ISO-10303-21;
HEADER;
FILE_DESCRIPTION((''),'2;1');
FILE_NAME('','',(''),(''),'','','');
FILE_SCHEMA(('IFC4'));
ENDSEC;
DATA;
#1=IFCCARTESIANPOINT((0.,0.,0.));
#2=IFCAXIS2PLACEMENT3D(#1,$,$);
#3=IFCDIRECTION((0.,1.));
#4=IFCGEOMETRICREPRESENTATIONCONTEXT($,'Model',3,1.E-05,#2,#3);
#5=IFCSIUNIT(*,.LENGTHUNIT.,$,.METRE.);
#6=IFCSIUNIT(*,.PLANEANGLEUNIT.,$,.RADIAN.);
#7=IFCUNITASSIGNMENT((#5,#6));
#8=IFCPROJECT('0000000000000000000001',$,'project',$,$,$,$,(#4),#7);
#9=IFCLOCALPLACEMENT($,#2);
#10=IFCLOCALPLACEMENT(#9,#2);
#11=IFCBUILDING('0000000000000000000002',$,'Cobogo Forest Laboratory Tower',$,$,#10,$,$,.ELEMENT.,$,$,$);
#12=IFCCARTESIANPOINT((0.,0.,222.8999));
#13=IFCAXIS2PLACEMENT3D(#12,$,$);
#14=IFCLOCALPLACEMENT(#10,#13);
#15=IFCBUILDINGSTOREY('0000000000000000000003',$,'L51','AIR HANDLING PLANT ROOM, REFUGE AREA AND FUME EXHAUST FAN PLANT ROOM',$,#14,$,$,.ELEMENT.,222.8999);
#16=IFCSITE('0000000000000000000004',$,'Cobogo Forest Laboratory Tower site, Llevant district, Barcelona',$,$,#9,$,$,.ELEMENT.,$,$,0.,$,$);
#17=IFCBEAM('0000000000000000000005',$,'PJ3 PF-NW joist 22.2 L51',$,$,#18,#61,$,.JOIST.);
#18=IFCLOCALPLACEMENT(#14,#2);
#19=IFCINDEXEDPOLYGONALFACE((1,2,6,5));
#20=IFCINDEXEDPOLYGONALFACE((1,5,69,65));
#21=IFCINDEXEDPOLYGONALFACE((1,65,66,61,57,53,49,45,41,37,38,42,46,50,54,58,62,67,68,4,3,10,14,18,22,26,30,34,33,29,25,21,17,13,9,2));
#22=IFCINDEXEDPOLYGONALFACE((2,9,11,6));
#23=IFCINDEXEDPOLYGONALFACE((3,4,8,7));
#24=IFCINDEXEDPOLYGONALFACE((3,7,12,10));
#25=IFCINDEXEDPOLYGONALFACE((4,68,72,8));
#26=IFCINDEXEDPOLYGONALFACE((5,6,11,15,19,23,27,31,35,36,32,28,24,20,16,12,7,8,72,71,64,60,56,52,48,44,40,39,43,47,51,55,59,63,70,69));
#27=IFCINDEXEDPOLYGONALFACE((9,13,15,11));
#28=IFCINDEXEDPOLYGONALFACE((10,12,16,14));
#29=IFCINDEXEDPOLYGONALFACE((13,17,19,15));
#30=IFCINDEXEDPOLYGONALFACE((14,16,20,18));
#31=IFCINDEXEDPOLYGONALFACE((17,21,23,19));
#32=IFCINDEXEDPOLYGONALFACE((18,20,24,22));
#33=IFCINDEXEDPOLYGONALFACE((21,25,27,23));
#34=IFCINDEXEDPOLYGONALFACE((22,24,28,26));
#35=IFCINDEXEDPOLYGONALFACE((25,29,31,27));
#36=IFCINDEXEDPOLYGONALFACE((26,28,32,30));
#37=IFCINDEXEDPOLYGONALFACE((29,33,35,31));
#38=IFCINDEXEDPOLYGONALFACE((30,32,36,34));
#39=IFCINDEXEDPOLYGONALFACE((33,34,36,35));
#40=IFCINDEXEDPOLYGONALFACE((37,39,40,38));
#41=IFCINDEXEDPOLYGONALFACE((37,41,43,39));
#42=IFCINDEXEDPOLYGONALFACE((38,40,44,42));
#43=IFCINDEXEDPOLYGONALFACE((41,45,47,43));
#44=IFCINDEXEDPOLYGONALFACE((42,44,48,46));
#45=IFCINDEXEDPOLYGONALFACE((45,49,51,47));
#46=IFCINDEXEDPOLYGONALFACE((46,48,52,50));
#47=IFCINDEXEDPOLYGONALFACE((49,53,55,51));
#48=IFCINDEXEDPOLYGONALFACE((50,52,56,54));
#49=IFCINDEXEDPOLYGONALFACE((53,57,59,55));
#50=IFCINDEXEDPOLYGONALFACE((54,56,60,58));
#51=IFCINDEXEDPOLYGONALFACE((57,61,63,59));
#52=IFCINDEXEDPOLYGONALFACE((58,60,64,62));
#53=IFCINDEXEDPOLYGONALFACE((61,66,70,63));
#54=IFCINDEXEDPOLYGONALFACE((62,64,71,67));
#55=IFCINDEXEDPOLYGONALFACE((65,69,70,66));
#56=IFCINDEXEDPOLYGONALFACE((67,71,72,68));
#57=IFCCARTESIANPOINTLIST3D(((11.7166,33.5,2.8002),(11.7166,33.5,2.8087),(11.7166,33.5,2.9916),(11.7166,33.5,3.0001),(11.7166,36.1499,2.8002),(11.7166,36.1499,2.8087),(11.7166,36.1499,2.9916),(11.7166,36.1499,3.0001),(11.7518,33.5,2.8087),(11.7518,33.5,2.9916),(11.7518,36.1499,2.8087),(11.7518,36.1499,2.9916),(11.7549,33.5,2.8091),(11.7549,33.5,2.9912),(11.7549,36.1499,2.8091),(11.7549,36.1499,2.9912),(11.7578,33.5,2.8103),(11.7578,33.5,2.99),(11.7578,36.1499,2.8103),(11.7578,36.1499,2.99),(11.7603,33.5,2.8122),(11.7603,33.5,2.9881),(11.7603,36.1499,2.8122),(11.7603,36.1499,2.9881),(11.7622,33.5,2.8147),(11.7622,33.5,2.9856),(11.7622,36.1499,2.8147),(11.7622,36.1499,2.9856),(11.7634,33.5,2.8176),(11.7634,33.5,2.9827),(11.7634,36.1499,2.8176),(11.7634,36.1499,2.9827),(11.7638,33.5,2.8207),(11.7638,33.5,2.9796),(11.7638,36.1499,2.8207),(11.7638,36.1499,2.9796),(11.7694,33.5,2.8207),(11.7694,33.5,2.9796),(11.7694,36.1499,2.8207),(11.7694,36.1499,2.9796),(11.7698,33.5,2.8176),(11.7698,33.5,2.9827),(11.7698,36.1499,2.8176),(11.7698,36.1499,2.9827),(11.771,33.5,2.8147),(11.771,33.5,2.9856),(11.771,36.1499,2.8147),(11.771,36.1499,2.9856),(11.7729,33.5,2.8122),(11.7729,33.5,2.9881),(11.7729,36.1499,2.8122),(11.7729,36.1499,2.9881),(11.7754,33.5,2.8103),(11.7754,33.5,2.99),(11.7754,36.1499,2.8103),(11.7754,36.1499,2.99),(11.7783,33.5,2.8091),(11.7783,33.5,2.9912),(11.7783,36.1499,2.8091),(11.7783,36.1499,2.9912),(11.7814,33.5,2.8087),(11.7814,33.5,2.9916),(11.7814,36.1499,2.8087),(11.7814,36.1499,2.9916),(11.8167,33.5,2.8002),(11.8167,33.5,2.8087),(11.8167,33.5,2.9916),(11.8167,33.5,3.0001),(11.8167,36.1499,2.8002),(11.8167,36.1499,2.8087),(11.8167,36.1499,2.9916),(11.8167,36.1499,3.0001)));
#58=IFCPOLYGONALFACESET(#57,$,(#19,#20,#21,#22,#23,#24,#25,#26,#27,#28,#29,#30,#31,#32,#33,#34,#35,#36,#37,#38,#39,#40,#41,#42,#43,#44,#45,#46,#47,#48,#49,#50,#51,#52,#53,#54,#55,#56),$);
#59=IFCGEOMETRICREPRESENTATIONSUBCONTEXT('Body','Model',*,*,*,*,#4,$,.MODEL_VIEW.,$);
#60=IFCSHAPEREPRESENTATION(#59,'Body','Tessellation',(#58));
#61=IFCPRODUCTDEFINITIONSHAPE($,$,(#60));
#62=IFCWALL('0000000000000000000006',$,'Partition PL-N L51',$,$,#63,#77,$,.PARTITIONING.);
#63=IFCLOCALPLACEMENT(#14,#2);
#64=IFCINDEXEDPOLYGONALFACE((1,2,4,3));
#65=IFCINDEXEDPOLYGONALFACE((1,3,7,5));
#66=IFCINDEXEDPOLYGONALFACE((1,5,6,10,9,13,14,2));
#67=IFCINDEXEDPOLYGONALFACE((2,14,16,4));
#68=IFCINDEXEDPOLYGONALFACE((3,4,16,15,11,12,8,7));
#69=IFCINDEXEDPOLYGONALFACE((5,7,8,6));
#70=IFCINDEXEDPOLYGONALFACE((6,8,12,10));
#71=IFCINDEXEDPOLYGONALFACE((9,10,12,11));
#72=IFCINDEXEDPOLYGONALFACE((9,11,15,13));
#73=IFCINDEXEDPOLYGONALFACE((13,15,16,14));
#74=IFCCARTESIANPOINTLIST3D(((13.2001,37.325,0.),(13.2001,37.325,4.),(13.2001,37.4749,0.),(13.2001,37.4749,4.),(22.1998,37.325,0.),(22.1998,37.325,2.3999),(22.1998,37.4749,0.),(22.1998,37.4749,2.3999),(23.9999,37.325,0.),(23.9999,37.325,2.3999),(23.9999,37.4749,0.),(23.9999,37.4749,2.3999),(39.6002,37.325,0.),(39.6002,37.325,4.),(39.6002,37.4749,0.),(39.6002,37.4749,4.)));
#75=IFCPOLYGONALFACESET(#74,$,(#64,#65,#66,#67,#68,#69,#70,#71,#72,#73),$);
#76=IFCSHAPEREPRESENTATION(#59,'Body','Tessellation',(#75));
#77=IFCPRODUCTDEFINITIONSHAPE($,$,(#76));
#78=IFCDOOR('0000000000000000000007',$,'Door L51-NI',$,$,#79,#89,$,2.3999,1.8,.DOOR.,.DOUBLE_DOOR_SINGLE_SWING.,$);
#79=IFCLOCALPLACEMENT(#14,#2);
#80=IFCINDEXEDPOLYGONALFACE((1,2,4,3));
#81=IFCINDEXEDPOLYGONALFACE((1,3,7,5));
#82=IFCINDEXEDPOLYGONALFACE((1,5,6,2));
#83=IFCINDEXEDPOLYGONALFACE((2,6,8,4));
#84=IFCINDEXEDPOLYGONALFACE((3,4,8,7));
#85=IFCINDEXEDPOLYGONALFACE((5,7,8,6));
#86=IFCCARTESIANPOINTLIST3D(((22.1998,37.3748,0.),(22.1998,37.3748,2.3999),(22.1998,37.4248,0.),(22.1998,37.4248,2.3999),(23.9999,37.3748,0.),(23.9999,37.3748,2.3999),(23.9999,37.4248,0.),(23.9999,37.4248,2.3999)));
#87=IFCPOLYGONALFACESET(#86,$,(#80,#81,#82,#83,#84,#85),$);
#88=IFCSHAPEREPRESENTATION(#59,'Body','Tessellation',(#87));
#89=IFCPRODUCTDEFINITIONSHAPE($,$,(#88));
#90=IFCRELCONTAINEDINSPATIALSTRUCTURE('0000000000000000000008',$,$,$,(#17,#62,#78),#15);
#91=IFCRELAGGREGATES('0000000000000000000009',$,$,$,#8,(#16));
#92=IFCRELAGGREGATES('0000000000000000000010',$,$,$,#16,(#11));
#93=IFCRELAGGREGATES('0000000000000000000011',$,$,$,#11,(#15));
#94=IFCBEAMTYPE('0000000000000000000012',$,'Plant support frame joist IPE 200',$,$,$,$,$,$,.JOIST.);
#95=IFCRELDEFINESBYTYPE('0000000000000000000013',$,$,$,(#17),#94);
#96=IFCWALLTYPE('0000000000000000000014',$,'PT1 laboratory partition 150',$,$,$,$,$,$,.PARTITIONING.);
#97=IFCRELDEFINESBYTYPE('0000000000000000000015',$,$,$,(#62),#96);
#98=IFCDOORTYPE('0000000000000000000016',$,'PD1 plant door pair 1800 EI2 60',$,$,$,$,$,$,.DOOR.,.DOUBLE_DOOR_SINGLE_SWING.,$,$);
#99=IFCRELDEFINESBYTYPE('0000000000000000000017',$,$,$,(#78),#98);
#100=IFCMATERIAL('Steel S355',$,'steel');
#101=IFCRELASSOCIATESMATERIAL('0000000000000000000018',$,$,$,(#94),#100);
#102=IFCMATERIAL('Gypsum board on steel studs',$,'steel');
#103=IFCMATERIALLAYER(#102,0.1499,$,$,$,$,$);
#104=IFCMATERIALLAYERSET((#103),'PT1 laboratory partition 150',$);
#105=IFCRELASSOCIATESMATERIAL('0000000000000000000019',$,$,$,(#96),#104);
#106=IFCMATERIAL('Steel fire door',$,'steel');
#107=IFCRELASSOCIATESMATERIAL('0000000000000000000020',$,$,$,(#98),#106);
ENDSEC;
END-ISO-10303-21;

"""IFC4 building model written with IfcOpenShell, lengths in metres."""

from ifc_helpers import new_model, si_unit, direction, frame, frame_2d, origin, origin_2d, place, context, subcontext, project, spatial, rectangle, i_section, extrude, material, layer, layer_set, material_profile, profile_set, type_object, element, fill, save


model = new_model("IFC4")

# Units and contexts
model_context = context("Model", 3, precision=1e-05, world=origin(), true_north=direction((0.0, 1.0)))
body_context = subcontext(model_context, "Body", "Model", "MODEL_VIEW")
ifc_project = project(units=[si_unit("LENGTHUNIT", "METRE"), si_unit("PLANEANGLEUNIT", "RADIAN")], contexts=[model_context])

# Site, building, storey
site_placement = place(None, origin())
site = spatial("IfcSite", under=ifc_project, at=site_placement, Name="Cobogo Forest Laboratory Tower site, Llevant district, Barcelona", CompositionType="ELEMENT", RefElevation=0.0)
building_placement = place(site_placement, origin())
building = spatial("IfcBuilding", under=site, at=building_placement, Name="Cobogo Forest Laboratory Tower", CompositionType="ELEMENT")
storey_placement = place(building_placement, frame((0.0, 0.0, 222.8999)))
storey = spatial("IfcBuildingStorey", under=building, at=storey_placement, Name="L51", Description="AIR HANDLING PLANT ROOM, REFUGE AREA AND FUME EXHAUST FAN PLANT ROOM", CompositionType="ELEMENT", Elevation=222.8999)

# Beam
ifc_material_1 = material(Name="Steel S355", Category="steel")
ifc_material_profile_1 = material_profile(ifc_material_1, i_section(OverallWidth=0.1001, OverallDepth=0.2, WebThickness=0.0056, FlangeThickness=0.0085, FilletRadius=0.012, at=origin_2d()), Name="IPE 200")
ifc_profile_set_1 = profile_set([ifc_material_profile_1], Name="Steel S355")
beam_type_1 = type_object("IfcBeamType", Name="Plant support frame joist IPE 200", PredefinedType="JOIST", material=ifc_profile_set_1)
for number, where, z_axis, x_axis, name in (
    (1, (11.7666, 36.1499, 2.9001), (0.0, -1.0, 0.0), (1.0, 0.0, 0.0), "PJ3 PF-NW joist 22.2 L51"),
):
    element("IfcBeam", number, at=place(storey_placement, frame(where, z_axis=z_axis, x_axis=x_axis)), inside=storey, type_object=beam_type_1, Name=name, PredefinedType="JOIST", context=body_context, shape_type="SweptSolid", body=[
        extrude(i_section(OverallWidth=0.1001, OverallDepth=0.2, WebThickness=0.0056, FlangeThickness=0.0085, FilletRadius=0.012, at=origin_2d()), origin(), (0.0, 0.0, 1.0), 2.6499),
    ])

# Wall, opening, door
ifc_material_2 = material(Name="Gypsum board on steel studs", Category="steel")
ifc_layer = layer(ifc_material_2, 0.1499)
ifc_layer_set = layer_set([ifc_layer], Name="PT1 laboratory partition 150")
wall_type = type_object("IfcWallType", Name="PT1 laboratory partition 150", PredefinedType="PARTITIONING", material=ifc_layer_set)
wall_placement = place(storey_placement, frame((13.2, 37.3999, 0.0), z_axis=(0.0, 0.0, 1.0), x_axis=(1.0, 0.0, 0.0)))
wall = element("IfcWall", 2, at=wall_placement, inside=storey, type_object=wall_type, Name="Partition PL-N L51", PredefinedType="PARTITIONING", context=body_context, shape_type="SweptSolid", body=[
    extrude(rectangle(XDim=26.4001, YDim=0.1499, at=frame_2d((13.2002, 0.0))), origin(), (0.0, 0.0, 1.0), 4.0),
])
opening_placement = place(wall_placement, frame((9.0, 0.0, 0.0)))
opening = element("IfcOpeningElement", 3, at=opening_placement, cuts=wall, PredefinedType="OPENING", context=body_context, shape_type="SweptSolid", body=[
    extrude(rectangle(XDim=1.8, YDim=2.3999, at=frame_2d((0.8999, 1.2))), frame((0.0, 0.085, 0.0), z_axis=(0.0, -1.0, 0.0), x_axis=(1.0, 0.0, 0.0)), (0.0, 0.0, 1.0), 0.1699),
])
ifc_material_3 = material(Name="Steel fire door", Category="steel")
door_type = type_object("IfcDoorType", Name="PD1 plant door pair 1800 EI2 60", OperationType="DOUBLE_DOOR_SINGLE_SWING", PredefinedType="DOOR", material=ifc_material_3)
door_placement = place(opening_placement, origin())
door = element("IfcDoor", 4, at=door_placement, inside=storey, type_object=door_type, Name="Door L51-NI", OperationType="DOUBLE_DOOR_SINGLE_SWING", OverallHeight=2.3999, OverallWidth=1.8, PredefinedType="DOOR", context=body_context, shape_type="SweptSolid", body=[
    extrude(rectangle(XDim=1.8, YDim=2.3999, at=frame_2d((0.8999, 1.2))), frame((0.0, 0.0249, 0.0), z_axis=(0.0, -1.0, 0.0), x_axis=(1.0, 0.0, 0.0)), (0.0, 0.0, 1.0), 0.05),
])
fill(opening, door)

save(model, "model.ifc")
